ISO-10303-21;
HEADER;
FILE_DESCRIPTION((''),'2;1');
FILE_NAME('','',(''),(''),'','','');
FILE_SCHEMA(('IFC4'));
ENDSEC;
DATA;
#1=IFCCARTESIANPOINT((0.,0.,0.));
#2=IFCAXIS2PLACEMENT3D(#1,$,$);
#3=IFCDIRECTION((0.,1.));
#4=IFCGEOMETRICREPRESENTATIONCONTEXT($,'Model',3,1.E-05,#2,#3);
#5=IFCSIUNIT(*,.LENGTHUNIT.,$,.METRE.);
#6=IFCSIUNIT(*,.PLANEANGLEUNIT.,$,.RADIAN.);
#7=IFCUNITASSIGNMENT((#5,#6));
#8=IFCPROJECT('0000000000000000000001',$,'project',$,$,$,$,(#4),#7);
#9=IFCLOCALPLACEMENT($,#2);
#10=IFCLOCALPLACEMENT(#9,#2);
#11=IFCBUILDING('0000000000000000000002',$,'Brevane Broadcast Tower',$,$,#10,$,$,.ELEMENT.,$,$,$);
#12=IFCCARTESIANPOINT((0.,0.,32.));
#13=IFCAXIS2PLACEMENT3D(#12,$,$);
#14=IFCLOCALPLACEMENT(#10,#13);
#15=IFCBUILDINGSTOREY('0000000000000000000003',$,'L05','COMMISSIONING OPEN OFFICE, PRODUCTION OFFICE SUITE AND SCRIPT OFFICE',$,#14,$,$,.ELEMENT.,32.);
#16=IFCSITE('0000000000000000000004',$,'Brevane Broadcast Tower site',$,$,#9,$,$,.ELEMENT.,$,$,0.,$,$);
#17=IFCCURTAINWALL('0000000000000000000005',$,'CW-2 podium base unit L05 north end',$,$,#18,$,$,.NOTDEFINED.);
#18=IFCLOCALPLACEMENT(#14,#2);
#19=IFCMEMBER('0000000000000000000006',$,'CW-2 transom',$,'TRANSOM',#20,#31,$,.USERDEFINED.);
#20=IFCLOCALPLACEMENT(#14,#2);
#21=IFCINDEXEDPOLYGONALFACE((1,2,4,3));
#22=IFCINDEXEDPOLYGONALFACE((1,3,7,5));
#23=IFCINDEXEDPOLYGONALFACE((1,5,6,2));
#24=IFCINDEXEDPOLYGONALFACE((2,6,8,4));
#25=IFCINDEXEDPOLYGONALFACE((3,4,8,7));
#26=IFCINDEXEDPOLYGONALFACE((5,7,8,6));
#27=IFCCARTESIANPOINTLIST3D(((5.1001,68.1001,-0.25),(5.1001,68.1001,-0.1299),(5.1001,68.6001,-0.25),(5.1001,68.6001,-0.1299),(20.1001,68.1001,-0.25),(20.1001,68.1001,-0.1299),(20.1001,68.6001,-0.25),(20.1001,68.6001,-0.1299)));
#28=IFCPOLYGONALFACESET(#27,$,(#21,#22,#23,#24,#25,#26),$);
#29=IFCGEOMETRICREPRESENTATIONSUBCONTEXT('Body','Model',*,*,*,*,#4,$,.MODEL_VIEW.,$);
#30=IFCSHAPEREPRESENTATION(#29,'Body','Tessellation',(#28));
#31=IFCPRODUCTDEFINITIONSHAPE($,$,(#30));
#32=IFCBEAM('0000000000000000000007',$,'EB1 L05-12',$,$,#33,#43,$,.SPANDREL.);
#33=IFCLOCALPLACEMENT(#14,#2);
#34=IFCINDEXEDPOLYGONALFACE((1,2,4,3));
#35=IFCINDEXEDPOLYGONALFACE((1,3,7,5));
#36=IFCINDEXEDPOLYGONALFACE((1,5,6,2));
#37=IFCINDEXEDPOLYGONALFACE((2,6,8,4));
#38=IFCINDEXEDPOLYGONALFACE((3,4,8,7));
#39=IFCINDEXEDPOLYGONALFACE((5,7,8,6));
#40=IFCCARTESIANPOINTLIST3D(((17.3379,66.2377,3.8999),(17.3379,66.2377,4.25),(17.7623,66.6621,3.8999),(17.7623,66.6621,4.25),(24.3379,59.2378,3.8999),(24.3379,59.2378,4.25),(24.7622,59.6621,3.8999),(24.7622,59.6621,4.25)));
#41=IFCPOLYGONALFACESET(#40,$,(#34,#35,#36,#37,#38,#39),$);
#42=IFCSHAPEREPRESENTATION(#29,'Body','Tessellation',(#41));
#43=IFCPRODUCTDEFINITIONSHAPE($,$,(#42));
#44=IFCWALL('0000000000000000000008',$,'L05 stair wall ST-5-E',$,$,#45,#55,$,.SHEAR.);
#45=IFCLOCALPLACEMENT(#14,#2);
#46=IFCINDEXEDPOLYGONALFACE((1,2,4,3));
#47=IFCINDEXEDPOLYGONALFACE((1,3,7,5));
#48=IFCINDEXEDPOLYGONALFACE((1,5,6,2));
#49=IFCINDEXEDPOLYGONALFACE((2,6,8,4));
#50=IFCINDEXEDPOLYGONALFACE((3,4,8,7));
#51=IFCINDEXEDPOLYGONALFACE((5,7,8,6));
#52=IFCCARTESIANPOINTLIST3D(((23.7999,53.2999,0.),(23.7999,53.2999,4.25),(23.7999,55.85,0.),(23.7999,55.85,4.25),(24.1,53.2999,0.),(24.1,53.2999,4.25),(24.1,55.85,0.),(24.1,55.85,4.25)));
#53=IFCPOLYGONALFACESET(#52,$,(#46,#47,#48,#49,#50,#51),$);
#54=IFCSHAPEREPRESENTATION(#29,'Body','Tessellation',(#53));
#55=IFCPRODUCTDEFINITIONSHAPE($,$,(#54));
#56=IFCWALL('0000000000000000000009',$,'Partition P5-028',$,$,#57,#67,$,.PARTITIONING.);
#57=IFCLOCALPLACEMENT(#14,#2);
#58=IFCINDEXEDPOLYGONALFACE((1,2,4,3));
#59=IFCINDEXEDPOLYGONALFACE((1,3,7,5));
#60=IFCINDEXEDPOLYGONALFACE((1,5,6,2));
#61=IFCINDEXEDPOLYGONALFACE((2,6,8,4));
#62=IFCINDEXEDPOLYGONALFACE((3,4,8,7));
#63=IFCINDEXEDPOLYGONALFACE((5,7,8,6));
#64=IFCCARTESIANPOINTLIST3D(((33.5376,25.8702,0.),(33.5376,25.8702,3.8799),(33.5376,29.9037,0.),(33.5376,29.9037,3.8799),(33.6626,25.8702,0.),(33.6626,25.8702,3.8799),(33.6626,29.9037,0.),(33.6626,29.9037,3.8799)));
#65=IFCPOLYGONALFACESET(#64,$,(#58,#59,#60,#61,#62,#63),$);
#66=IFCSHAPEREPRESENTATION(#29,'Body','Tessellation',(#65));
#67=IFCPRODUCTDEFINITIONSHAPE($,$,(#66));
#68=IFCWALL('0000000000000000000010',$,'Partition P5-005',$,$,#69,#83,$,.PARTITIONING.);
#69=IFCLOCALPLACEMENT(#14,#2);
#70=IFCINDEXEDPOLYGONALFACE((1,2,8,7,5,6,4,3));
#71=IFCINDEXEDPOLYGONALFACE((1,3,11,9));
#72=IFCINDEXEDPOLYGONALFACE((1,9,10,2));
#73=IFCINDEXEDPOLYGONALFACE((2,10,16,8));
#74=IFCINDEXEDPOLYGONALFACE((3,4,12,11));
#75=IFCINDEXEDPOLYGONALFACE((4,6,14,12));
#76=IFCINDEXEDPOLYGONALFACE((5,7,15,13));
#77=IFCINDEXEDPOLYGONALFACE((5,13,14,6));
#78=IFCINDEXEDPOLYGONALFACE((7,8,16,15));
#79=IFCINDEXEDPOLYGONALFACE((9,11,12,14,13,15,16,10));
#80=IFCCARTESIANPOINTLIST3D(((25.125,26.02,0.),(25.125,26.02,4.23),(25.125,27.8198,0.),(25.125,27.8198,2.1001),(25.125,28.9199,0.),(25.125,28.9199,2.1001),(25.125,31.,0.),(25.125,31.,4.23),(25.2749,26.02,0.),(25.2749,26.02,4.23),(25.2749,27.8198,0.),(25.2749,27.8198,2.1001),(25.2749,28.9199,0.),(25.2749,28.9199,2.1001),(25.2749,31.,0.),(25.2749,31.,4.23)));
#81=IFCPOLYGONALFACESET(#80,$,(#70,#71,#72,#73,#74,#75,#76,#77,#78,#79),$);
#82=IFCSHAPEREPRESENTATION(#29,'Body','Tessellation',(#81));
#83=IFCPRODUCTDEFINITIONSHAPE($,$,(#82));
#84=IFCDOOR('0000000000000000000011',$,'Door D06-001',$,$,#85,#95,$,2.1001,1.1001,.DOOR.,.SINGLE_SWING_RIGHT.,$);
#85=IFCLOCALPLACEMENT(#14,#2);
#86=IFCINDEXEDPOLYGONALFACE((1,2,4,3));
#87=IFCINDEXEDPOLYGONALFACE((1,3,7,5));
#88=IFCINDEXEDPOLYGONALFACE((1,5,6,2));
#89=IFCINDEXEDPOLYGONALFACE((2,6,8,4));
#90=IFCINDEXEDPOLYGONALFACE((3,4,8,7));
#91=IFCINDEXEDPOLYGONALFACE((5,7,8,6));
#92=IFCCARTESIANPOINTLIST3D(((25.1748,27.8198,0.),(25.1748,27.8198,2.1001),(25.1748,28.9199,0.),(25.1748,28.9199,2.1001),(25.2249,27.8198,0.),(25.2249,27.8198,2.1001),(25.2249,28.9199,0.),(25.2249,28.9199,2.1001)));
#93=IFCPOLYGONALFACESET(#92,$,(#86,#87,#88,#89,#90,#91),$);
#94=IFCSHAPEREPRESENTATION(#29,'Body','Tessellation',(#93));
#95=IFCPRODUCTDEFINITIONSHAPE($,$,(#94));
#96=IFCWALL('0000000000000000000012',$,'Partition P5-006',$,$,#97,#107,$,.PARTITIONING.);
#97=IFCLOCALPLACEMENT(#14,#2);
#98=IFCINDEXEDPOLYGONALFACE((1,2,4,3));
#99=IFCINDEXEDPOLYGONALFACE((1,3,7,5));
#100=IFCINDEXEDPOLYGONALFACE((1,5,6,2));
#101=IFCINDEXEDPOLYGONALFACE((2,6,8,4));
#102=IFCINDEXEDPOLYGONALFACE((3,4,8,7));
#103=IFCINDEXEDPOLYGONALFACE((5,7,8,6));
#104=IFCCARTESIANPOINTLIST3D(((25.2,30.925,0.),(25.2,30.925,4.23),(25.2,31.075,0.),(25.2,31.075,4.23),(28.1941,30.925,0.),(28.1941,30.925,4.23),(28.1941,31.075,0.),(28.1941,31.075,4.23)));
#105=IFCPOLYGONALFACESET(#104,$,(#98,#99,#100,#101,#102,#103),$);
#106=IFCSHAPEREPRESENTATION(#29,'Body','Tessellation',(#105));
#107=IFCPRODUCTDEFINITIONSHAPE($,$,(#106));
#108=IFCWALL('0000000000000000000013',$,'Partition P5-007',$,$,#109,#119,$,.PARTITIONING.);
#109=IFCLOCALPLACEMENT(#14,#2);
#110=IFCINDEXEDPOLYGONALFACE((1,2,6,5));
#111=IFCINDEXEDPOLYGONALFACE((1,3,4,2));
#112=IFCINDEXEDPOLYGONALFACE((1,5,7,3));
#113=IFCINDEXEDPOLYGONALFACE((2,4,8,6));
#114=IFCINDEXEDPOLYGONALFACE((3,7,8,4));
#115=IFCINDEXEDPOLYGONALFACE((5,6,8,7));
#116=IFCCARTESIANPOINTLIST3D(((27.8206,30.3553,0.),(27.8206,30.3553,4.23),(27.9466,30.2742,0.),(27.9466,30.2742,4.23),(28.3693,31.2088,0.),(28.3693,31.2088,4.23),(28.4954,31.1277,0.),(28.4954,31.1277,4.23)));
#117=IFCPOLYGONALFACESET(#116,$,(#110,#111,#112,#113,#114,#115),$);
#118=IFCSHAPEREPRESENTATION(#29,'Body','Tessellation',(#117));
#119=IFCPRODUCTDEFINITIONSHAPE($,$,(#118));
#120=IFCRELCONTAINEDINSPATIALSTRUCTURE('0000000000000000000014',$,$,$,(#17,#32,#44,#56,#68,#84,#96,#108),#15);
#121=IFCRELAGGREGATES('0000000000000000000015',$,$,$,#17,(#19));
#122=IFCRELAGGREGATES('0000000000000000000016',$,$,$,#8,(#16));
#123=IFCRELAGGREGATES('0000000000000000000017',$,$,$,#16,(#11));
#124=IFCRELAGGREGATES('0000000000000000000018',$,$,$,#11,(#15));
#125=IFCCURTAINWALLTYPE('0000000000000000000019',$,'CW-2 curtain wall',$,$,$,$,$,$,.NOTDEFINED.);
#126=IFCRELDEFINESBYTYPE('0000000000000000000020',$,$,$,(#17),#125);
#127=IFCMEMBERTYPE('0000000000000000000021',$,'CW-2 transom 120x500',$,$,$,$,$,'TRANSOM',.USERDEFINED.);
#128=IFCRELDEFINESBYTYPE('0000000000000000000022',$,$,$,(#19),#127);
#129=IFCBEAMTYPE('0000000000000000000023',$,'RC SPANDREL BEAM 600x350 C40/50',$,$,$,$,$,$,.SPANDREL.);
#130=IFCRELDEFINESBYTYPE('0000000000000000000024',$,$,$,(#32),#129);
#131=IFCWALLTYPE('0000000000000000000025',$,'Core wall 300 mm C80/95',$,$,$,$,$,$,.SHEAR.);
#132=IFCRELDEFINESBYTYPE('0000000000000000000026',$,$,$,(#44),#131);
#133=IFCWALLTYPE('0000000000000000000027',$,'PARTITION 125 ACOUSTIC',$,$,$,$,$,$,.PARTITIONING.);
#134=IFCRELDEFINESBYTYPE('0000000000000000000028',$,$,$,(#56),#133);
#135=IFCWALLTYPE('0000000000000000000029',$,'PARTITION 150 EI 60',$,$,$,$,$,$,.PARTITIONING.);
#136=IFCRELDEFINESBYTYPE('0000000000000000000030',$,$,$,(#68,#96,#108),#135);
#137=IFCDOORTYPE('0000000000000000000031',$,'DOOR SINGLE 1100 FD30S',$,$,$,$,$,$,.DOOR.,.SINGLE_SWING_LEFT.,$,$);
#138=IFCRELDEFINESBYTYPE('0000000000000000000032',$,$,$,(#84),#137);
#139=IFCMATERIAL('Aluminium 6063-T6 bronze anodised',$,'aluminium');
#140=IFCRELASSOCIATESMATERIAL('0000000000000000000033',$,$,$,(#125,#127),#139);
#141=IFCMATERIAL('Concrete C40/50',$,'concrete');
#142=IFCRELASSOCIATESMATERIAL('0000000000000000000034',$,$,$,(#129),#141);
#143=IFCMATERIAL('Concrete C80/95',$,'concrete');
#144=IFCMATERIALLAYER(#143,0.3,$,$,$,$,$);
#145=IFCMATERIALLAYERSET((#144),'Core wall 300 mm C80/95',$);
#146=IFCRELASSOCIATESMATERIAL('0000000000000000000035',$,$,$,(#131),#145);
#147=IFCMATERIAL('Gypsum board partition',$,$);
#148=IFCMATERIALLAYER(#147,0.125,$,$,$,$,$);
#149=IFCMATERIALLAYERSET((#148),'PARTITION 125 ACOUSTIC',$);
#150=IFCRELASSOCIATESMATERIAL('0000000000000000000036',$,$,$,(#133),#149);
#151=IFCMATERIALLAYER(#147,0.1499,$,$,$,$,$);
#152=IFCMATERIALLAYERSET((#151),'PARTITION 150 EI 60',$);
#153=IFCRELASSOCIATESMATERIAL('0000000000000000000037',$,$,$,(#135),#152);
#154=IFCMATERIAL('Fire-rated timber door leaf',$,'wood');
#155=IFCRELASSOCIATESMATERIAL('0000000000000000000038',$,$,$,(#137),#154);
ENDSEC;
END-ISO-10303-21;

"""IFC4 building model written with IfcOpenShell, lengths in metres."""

from ifc_helpers import new_model, si_unit, direction, frame, frame_2d, origin, origin_2d, place, context, subcontext, project, spatial, rectangle, extrude, material, layer, layer_set, material_profile, profile_set, type_object, element, fill, aggregate, save


model = new_model("IFC4")

# Units and contexts
model_context = context("Model", 3, precision=1e-05, world=origin(), true_north=direction((0.0, 1.0)))
body_context = subcontext(model_context, "Body", "Model", "MODEL_VIEW")
ifc_project = project(units=[si_unit("LENGTHUNIT", "METRE"), si_unit("PLANEANGLEUNIT", "RADIAN")], contexts=[model_context])

# Site, building, storey
site_placement = place(None, origin())
site = spatial("IfcSite", under=ifc_project, at=site_placement, Name="Brevane Broadcast Tower site", CompositionType="ELEMENT", RefElevation=0.0)
building_placement = place(site_placement, origin())
building = spatial("IfcBuilding", under=site, at=building_placement, Name="Brevane Broadcast Tower", CompositionType="ELEMENT")
storey_placement = place(building_placement, frame((0.0, 0.0, 32.0)))
storey = spatial("IfcBuildingStorey", under=building, at=storey_placement, Name="L05", Description="COMMISSIONING OPEN OFFICE, PRODUCTION OFFICE SUITE AND SCRIPT OFFICE", CompositionType="ELEMENT", Elevation=32.0)

# Shared definitions
ifc_material_1 = material(Name="Concrete C80/95", Category="concrete")

# Shared definitions
ifc_material_2 = material(Name="Aluminium 6063-T6 bronze anodised", Category="aluminium")
curtain_wall_type = type_object("IfcCurtainWallType", Name="CW-2 curtain wall", PredefinedType="NOTDEFINED", material=ifc_material_2)

# Curtain wall
curtain_wall_1_placement = place(storey_placement, origin())
curtain_wall_1 = element("IfcCurtainWall", 1, at=curtain_wall_1_placement, inside=storey, type_object=curtain_wall_type, Name="CW-2 podium base unit L05 north end", PredefinedType="NOTDEFINED")

# Member
ifc_material_profile_1 = material_profile(ifc_material_2, rectangle(XDim=0.5, YDim=0.1201, at=origin_2d()), Name="RECT 120x500")
ifc_profile_set_1 = profile_set([ifc_material_profile_1], Name="Aluminium 6063-T6 bronze anodised")
member_type_1 = type_object("IfcMemberType", Name="CW-2 transom 120x500", ElementType="TRANSOM", PredefinedType="USERDEFINED", material=ifc_profile_set_1)
member_1_placement = place(storey_placement, frame((20.1001, 68.3501, -0.1899), z_axis=(-1.0, 0.0, 0.0), x_axis=(0.0, -1.0, 0.0)))
member_1 = element("IfcMember", 2, at=member_1_placement, type_object=member_type_1, Name="CW-2 transom", ObjectType="TRANSOM", PredefinedType="USERDEFINED", context=body_context, shape_type="SweptSolid", body=[
    extrude(rectangle(XDim=0.5, YDim=0.1201, at=origin_2d()), origin(), (0.0, 0.0, 1.0), 15.0),
])
aggregate(curtain_wall_1, [member_1])

# Beam
ifc_material_3 = material(Name="Concrete C40/50", Category="concrete")
ifc_material_profile_2 = material_profile(ifc_material_3, rectangle(XDim=0.6001, YDim=0.3501, at=origin_2d()), Name="RC 600x350")
ifc_profile_set_2 = profile_set([ifc_material_profile_2], Name="Concrete C40/50")
beam_type = type_object("IfcBeamType", Name="RC SPANDREL BEAM 600x350 C40/50", PredefinedType="SPANDREL", material=ifc_profile_set_2)
beam_placement = place(storey_placement, frame((24.55, 59.45, 4.075), z_axis=(-0.707107, 0.707107, 0.0), x_axis=(-0.707107, -0.707107, 0.0)))
element("IfcBeam", 3, at=beam_placement, inside=storey, type_object=beam_type, Name="EB1 L05-12", PredefinedType="SPANDREL", context=body_context, shape_type="SweptSolid", body=[
    extrude(rectangle(XDim=0.6001, YDim=0.3501, at=origin_2d()), origin(), (0.0, 0.0, 1.0), 9.8994),
])

# Walls
ifc_layer_1 = layer(ifc_material_1, 0.3)
ifc_layer_set_1 = layer_set([ifc_layer_1], Name="Core wall 300 mm C80/95")
wall_type_1 = type_object("IfcWallType", Name="Core wall 300 mm C80/95", PredefinedType="SHEAR", material=ifc_layer_set_1)
wall_1_placement = place(storey_placement, frame((23.95, 53.3, 0.0), z_axis=(0.0, 0.0, 1.0), x_axis=(0.0, 1.0, 0.0)))
element("IfcWall", 4, at=wall_1_placement, inside=storey, type_object=wall_type_1, Name="L05 stair wall ST-5-E", PredefinedType="SHEAR", context=body_context, shape_type="SweptSolid", body=[
    extrude(rectangle(XDim=2.55, YDim=0.3, at=frame_2d((1.2749, 0.0))), origin(), (0.0, 0.0, 1.0), 4.25),
])
ifc_material_4 = material(Name="Gypsum board partition")
ifc_layer_2 = layer(ifc_material_4, 0.125)
ifc_layer_set_2 = layer_set([ifc_layer_2], Name="PARTITION 125 ACOUSTIC")
wall_type_2 = type_object("IfcWallType", Name="PARTITION 125 ACOUSTIC", PredefinedType="PARTITIONING", material=ifc_layer_set_2)
wall_2_placement = place(storey_placement, frame((33.6001, 29.9036, 0.0), z_axis=(0.0, 0.0, 1.0), x_axis=(0.0, -1.0, 0.0)))
element("IfcWall", 5, at=wall_2_placement, inside=storey, type_object=wall_type_2, Name="Partition P5-028", PredefinedType="PARTITIONING", context=body_context, shape_type="SweptSolid", body=[
    extrude(rectangle(XDim=4.0334, YDim=0.125, at=frame_2d((2.0166, 0.0))), origin(), (0.0, 0.0, 1.0), 3.8799),
])

# Wall, opening, door
ifc_layer_3 = layer(ifc_material_4, 0.1499)
ifc_layer_set_3 = layer_set([ifc_layer_3], Name="PARTITION 150 EI 60")
wall_type_3 = type_object("IfcWallType", Name="PARTITION 150 EI 60", PredefinedType="PARTITIONING", material=ifc_layer_set_3)
wall_3_placement = place(storey_placement, frame((25.2, 31.0, 0.0), z_axis=(0.0, 0.0, 1.0), x_axis=(0.0, -1.0, 0.0)))
wall_3 = element("IfcWall", 6, at=wall_3_placement, inside=storey, type_object=wall_type_3, Name="Partition P5-005", PredefinedType="PARTITIONING", context=body_context, shape_type="SweptSolid", body=[
    extrude(rectangle(XDim=4.98, YDim=0.1499, at=frame_2d((2.49, 0.0))), origin(), (0.0, 0.0, 1.0), 4.23),
])
opening_placement = place(wall_3_placement, frame((2.0801, 0.0, 0.0)))
opening = element("IfcOpeningElement", 7, at=opening_placement, cuts=wall_3, PredefinedType="OPENING", context=body_context, shape_type="SweptSolid", body=[
    extrude(rectangle(XDim=1.1001, YDim=2.1001, at=frame_2d((0.55, 1.05))), frame((0.0, 0.085, 0.0), z_axis=(0.0, -1.0, 0.0), x_axis=(1.0, 0.0, 0.0)), (0.0, 0.0, 1.0), 0.1699),
])
ifc_material_5 = material(Name="Fire-rated timber door leaf", Category="wood")
door_type = type_object("IfcDoorType", Name="DOOR SINGLE 1100 FD30S", OperationType="SINGLE_SWING_LEFT", PredefinedType="DOOR", material=ifc_material_5)
door_placement = place(opening_placement, origin())
door = element("IfcDoor", 8, at=door_placement, inside=storey, type_object=door_type, Name="Door D06-001", OperationType="SINGLE_SWING_RIGHT", OverallHeight=2.1001, OverallWidth=1.1001, PredefinedType="DOOR", context=body_context, shape_type="SweptSolid", body=[
    extrude(rectangle(XDim=1.1001, YDim=2.1001, at=frame_2d((0.55, 1.05))), frame((0.0, 0.0249, 0.0), z_axis=(0.0, -1.0, 0.0), x_axis=(1.0, 0.0, 0.0)), (0.0, 0.0, 1.0), 0.05),
])
fill(opening, door)

# Walls
wall_4_placement = place(storey_placement, frame((25.2, 31.0, 0.0), z_axis=(0.0, 0.0, 1.0), x_axis=(1.0, 0.0, 0.0)))
element("IfcWall", 9, at=wall_4_placement, inside=storey, type_object=wall_type_3, Name="Partition P5-006", PredefinedType="PARTITIONING", context=body_context, shape_type="SweptSolid", body=[
    extrude(rectangle(XDim=2.9941, YDim=0.1499, at=frame_2d((1.4971, 0.0))), origin(), (0.0, 0.0, 1.0), 4.23),
])
wall_5_placement = place(storey_placement, frame((28.4324, 31.1682, 0.0), z_axis=(0.0, 0.0, 1.0), x_axis=(-0.540855, -0.841116, 0.0)))
element("IfcWall", 10, at=wall_5_placement, inside=storey, type_object=wall_type_3, Name="Partition P5-007", PredefinedType="PARTITIONING", context=body_context, shape_type="SweptSolid", body=[
    extrude(rectangle(XDim=1.0146, YDim=0.1499, at=frame_2d((0.5073, 0.0))), origin(), (0.0, 0.0, 1.0), 4.23),
])

save(model, "model.ifc")
